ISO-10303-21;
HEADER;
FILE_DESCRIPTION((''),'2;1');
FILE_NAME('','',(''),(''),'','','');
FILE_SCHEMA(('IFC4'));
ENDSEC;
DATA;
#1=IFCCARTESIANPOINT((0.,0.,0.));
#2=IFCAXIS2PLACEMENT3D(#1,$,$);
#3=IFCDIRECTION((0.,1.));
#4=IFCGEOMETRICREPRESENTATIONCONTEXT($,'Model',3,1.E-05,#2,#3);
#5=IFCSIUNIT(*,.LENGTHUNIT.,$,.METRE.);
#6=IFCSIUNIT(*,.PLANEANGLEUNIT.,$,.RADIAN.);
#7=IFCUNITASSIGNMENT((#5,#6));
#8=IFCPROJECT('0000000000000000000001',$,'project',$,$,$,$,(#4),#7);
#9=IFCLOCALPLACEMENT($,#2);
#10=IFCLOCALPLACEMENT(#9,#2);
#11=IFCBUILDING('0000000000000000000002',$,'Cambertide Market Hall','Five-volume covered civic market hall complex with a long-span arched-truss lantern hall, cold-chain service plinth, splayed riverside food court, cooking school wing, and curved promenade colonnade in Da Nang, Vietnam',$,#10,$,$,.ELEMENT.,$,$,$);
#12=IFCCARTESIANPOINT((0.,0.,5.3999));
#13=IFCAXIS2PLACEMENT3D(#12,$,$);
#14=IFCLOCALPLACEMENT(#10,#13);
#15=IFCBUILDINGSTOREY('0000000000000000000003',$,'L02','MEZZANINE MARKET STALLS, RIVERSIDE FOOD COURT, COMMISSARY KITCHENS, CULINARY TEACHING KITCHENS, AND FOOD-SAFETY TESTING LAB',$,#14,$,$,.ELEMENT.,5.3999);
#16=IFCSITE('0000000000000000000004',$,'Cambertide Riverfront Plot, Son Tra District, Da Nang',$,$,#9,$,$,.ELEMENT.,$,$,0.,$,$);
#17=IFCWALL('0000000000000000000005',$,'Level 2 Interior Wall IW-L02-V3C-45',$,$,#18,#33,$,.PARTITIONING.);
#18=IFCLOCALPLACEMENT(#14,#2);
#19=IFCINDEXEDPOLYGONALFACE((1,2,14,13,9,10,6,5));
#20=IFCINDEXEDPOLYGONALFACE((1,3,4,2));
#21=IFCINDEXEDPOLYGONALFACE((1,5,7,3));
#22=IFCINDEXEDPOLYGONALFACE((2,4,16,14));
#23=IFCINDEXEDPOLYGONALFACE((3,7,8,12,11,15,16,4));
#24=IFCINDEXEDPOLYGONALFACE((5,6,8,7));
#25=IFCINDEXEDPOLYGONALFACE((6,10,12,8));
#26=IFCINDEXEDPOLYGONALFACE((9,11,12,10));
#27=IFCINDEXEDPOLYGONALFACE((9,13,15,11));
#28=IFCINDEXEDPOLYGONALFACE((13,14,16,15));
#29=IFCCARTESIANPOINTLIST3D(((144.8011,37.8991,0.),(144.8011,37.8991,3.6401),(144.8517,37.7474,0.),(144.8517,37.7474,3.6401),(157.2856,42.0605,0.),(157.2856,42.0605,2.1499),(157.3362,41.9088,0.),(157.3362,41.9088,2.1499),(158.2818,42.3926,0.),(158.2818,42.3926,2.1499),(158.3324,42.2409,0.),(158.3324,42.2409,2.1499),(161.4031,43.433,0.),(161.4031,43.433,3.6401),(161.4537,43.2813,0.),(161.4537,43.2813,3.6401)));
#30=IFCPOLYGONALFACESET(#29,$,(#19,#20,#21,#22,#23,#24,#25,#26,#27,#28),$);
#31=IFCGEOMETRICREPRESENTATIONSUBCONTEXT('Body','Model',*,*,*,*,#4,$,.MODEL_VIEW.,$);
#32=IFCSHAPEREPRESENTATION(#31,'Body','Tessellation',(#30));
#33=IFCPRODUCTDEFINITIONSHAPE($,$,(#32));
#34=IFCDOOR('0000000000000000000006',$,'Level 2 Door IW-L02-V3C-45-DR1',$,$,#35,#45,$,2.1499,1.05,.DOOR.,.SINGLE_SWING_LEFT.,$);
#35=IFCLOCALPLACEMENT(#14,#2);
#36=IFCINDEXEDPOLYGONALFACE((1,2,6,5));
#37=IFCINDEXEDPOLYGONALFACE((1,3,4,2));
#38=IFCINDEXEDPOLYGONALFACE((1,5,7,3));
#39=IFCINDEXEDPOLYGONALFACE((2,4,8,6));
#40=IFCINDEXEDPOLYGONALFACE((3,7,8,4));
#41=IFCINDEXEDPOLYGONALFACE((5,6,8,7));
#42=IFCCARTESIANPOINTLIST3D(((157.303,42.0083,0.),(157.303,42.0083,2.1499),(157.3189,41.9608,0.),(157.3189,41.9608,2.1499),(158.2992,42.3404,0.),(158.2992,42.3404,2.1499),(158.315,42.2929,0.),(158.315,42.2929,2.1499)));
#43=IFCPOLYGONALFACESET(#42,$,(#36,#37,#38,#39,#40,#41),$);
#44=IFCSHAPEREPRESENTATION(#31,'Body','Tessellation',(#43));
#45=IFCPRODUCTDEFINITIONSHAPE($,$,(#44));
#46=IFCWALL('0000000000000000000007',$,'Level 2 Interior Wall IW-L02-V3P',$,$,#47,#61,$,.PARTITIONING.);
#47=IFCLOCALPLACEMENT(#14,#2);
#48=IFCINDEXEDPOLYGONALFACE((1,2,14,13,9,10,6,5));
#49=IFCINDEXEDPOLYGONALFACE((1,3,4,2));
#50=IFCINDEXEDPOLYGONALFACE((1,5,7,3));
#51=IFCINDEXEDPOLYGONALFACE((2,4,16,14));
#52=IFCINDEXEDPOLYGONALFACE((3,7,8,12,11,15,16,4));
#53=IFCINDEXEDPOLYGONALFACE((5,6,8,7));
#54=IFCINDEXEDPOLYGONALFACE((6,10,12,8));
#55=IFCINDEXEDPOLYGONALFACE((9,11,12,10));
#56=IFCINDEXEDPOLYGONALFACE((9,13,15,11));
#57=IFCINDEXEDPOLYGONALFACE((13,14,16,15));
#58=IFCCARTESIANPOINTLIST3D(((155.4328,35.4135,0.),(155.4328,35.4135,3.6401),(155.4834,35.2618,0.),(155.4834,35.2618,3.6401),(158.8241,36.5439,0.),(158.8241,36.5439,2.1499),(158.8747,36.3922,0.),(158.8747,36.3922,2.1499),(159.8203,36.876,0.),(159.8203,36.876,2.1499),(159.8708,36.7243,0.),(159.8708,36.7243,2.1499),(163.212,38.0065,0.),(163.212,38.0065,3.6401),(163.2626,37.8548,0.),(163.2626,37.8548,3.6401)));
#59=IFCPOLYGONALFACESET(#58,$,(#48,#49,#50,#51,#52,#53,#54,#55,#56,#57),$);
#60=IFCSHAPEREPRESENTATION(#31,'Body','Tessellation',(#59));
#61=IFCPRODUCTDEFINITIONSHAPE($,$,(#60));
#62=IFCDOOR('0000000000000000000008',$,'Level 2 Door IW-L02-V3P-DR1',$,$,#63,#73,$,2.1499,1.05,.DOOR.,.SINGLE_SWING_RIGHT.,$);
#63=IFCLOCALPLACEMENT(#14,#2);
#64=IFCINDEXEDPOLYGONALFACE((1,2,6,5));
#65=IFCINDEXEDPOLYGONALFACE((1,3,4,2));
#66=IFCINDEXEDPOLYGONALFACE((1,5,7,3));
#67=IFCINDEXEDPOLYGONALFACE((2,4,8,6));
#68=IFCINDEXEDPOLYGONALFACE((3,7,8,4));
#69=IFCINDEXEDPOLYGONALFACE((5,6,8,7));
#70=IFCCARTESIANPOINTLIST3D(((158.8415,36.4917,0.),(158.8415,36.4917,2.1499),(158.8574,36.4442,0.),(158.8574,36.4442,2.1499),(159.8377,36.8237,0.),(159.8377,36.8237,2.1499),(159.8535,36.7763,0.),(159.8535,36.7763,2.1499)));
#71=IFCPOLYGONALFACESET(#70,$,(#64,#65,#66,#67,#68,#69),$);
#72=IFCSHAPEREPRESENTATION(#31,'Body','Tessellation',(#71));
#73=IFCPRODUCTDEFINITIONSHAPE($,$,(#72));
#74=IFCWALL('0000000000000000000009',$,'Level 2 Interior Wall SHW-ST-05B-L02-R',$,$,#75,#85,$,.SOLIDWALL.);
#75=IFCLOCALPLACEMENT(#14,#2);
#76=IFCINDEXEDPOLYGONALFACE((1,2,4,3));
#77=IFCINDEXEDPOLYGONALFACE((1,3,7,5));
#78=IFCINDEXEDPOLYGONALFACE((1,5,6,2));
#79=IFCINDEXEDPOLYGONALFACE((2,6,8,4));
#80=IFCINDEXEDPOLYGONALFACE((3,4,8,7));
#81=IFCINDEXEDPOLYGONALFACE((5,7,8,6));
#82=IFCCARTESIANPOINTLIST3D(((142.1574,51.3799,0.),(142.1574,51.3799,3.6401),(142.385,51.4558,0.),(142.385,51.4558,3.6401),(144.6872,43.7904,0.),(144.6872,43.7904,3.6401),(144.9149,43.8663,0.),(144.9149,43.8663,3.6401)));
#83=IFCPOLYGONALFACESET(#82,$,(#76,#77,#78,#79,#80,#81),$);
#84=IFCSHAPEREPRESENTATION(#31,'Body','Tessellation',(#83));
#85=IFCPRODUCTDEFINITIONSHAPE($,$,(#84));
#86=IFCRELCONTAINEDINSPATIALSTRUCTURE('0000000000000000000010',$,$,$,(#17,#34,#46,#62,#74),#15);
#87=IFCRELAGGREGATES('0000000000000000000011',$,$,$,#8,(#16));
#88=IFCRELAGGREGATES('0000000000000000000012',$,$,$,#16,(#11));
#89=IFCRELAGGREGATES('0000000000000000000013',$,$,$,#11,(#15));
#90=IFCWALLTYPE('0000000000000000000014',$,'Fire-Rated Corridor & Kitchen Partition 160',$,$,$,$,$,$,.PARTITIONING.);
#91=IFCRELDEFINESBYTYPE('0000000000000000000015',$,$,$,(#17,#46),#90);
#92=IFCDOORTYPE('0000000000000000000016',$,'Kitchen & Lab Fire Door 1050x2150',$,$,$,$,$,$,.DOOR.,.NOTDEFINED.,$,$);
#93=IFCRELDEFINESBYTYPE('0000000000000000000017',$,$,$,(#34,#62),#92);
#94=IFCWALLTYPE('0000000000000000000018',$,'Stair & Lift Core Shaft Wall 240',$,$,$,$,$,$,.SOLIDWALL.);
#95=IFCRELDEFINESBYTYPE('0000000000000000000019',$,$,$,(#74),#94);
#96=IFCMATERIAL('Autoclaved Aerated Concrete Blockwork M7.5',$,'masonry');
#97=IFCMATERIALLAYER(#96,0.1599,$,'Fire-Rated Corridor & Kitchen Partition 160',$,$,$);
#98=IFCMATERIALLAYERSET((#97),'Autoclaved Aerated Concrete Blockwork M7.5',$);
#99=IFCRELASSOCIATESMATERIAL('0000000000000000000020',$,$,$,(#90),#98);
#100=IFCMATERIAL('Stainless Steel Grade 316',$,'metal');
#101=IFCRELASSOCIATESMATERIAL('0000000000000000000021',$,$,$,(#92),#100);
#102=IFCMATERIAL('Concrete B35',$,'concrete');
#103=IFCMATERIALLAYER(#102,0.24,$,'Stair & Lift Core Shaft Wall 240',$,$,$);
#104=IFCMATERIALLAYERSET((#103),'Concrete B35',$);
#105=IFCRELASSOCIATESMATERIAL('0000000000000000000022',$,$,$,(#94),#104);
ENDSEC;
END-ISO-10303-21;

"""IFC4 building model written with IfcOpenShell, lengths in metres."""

from ifc_helpers import new_model, si_unit, direction, frame, frame_2d, origin, place, context, subcontext, project, spatial, rectangle, extrude, material, layer, layer_set, type_object, element, fill, save


model = new_model("IFC4")

# Units and contexts
model_context = context("Model", 3, precision=1e-05, world=origin(), true_north=direction((0.0, 1.0)))
body_context = subcontext(model_context, "Body", "Model", "MODEL_VIEW")
ifc_project = project(units=[si_unit("LENGTHUNIT", "METRE"), si_unit("PLANEANGLEUNIT", "RADIAN")], contexts=[model_context])

# Site, building, storey
site_placement = place(None, origin())
site = spatial("IfcSite", under=ifc_project, at=site_placement, Name="Cambertide Riverfront Plot, Son Tra District, Da Nang", CompositionType="ELEMENT", RefElevation=0.0)
building_placement = place(site_placement, origin())
building = spatial("IfcBuilding", under=site, at=building_placement, Name="Cambertide Market Hall", Description="Five-volume covered civic market hall complex with a long-span arched-truss lantern hall, cold-chain service plinth, splayed riverside food court, cooking school wing, and curved promenade colonnade in Da Nang, Vietnam", CompositionType="ELEMENT")
storey_placement = place(building_placement, frame((0.0, 0.0, 5.3999)))
storey = spatial("IfcBuildingStorey", under=building, at=storey_placement, Name="L02", Description="MEZZANINE MARKET STALLS, RIVERSIDE FOOD COURT, COMMISSARY KITCHENS, CULINARY TEACHING KITCHENS, AND FOOD-SAFETY TESTING LAB", CompositionType="ELEMENT", Elevation=5.3999)

# Walls, openings, doors
ifc_material_1 = material(Name="Autoclaved Aerated Concrete Blockwork M7.5", Category="masonry")
ifc_layer_1 = layer(ifc_material_1, 0.1599, Name="Fire-Rated Corridor & Kitchen Partition 160")
ifc_layer_set_1 = layer_set([ifc_layer_1], Name="Autoclaved Aerated Concrete Blockwork M7.5")
wall_type_1 = type_object("IfcWallType", Name="Fire-Rated Corridor & Kitchen Partition 160", PredefinedType="PARTITIONING", material=ifc_layer_set_1)
wall_1_placement = place(storey_placement, frame((144.8264, 37.8232, 0.0), z_axis=(0.0, 0.0, 1.0), x_axis=(0.948685, 0.316224, 0.0)))
wall_1 = element("IfcWall", 1, at=wall_1_placement, inside=storey, type_object=wall_type_1, Name="Level 2 Interior Wall IW-L02-V3C-45", PredefinedType="PARTITIONING", context=body_context, shape_type="SweptSolid", body=[
    extrude(rectangle(XDim=17.5, YDim=0.1599, at=frame_2d((8.75, 0.0))), origin(), (0.0, 0.0, 1.0), 3.6401),
])
opening_1_placement = place(wall_1_placement, frame((13.1599, 0.0, 0.0)))
opening_1 = element("IfcOpeningElement", 2, at=opening_1_placement, cuts=wall_1, PredefinedType="OPENING", context=body_context, shape_type="SweptSolid", body=[
    extrude(rectangle(XDim=1.05, YDim=2.1499, at=frame_2d((0.5249, 1.075))), frame((0.0, 0.0898, 0.0), z_axis=(0.0, -1.0, 0.0), x_axis=(1.0, 0.0, 0.0)), (0.0, 0.0, 1.0), 0.1799),
])
ifc_material_2 = material(Name="Stainless Steel Grade 316", Category="metal")
door_type = type_object("IfcDoorType", Name="Kitchen & Lab Fire Door 1050x2150", OperationType="NOTDEFINED", PredefinedType="DOOR", material=ifc_material_2)
door_1_placement = place(opening_1_placement, origin())
door_1 = element("IfcDoor", 3, at=door_1_placement, inside=storey, type_object=door_type, Name="Level 2 Door IW-L02-V3C-45-DR1", OperationType="SINGLE_SWING_LEFT", OverallHeight=2.1499, OverallWidth=1.05, PredefinedType="DOOR", context=body_context, shape_type="SweptSolid", body=[
    extrude(rectangle(XDim=1.05, YDim=2.1499, at=frame_2d((0.5249, 1.075))), frame((0.0, 0.0249, 0.0), z_axis=(0.0, -1.0, 0.0), x_axis=(1.0, 0.0, 0.0)), (0.0, 0.0, 1.0), 0.05),
])
fill(opening_1, door_1)
wall_2_placement = place(storey_placement, frame((155.458, 35.3376, 0.0), z_axis=(0.0, 0.0, 1.0), x_axis=(0.948686, 0.316219, 0.0)))
wall_2 = element("IfcWall", 4, at=wall_2_placement, inside=storey, type_object=wall_type_1, Name="Level 2 Interior Wall IW-L02-V3P", PredefinedType="PARTITIONING", context=body_context, shape_type="SweptSolid", body=[
    extrude(rectangle(XDim=8.2, YDim=0.1599, at=frame_2d((4.1001, 0.0))), origin(), (0.0, 0.0, 1.0), 3.6401),
])
opening_2_placement = place(wall_2_placement, frame((3.575, 0.0, 0.0)))
opening_2 = element("IfcOpeningElement", 5, at=opening_2_placement, cuts=wall_2, PredefinedType="OPENING", context=body_context, shape_type="SweptSolid", body=[
    extrude(rectangle(XDim=1.05, YDim=2.1499, at=frame_2d((0.5249, 1.075))), frame((0.0, 0.0898, 0.0), z_axis=(0.0, -1.0, 0.0), x_axis=(1.0, 0.0, 0.0)), (0.0, 0.0, 1.0), 0.1799),
])
door_2_placement = place(opening_2_placement, origin())
door_2 = element("IfcDoor", 6, at=door_2_placement, inside=storey, type_object=door_type, Name="Level 2 Door IW-L02-V3P-DR1", OperationType="SINGLE_SWING_RIGHT", OverallHeight=2.1499, OverallWidth=1.05, PredefinedType="DOOR", context=body_context, shape_type="SweptSolid", body=[
    extrude(rectangle(XDim=1.05, YDim=2.1499, at=frame_2d((0.5249, 1.075))), frame((0.0, 0.0249, 0.0), z_axis=(0.0, -1.0, 0.0), x_axis=(1.0, 0.0, 0.0)), (0.0, 0.0, 1.0), 0.05),
])
fill(opening_2, door_2)

# Wall
ifc_material_3 = material(Name="Concrete B35", Category="concrete")
ifc_layer_2 = layer(ifc_material_3, 0.24, Name="Stair & Lift Core Shaft Wall 240")
ifc_layer_set_2 = layer_set([ifc_layer_2], Name="Concrete B35")
wall_type_2 = type_object("IfcWallType", Name="Stair & Lift Core Shaft Wall 240", PredefinedType="SOLIDWALL", material=ifc_layer_set_2)
wall_3_placement = place(storey_placement, frame((144.801, 43.8284, 0.0), z_axis=(0.0, 0.0, 1.0), x_axis=(-0.316228, 0.948683, 0.0)))
element("IfcWall", 7, at=wall_3_placement, inside=storey, type_object=wall_type_2, Name="Level 2 Interior Wall SHW-ST-05B-L02-R", PredefinedType="SOLIDWALL", context=body_context, shape_type="SweptSolid", body=[
    extrude(rectangle(XDim=8.0, YDim=0.24, at=frame_2d((4.0, 0.0))), origin(), (0.0, 0.0, 1.0), 3.6401),
])

save(model, "model.ifc")
